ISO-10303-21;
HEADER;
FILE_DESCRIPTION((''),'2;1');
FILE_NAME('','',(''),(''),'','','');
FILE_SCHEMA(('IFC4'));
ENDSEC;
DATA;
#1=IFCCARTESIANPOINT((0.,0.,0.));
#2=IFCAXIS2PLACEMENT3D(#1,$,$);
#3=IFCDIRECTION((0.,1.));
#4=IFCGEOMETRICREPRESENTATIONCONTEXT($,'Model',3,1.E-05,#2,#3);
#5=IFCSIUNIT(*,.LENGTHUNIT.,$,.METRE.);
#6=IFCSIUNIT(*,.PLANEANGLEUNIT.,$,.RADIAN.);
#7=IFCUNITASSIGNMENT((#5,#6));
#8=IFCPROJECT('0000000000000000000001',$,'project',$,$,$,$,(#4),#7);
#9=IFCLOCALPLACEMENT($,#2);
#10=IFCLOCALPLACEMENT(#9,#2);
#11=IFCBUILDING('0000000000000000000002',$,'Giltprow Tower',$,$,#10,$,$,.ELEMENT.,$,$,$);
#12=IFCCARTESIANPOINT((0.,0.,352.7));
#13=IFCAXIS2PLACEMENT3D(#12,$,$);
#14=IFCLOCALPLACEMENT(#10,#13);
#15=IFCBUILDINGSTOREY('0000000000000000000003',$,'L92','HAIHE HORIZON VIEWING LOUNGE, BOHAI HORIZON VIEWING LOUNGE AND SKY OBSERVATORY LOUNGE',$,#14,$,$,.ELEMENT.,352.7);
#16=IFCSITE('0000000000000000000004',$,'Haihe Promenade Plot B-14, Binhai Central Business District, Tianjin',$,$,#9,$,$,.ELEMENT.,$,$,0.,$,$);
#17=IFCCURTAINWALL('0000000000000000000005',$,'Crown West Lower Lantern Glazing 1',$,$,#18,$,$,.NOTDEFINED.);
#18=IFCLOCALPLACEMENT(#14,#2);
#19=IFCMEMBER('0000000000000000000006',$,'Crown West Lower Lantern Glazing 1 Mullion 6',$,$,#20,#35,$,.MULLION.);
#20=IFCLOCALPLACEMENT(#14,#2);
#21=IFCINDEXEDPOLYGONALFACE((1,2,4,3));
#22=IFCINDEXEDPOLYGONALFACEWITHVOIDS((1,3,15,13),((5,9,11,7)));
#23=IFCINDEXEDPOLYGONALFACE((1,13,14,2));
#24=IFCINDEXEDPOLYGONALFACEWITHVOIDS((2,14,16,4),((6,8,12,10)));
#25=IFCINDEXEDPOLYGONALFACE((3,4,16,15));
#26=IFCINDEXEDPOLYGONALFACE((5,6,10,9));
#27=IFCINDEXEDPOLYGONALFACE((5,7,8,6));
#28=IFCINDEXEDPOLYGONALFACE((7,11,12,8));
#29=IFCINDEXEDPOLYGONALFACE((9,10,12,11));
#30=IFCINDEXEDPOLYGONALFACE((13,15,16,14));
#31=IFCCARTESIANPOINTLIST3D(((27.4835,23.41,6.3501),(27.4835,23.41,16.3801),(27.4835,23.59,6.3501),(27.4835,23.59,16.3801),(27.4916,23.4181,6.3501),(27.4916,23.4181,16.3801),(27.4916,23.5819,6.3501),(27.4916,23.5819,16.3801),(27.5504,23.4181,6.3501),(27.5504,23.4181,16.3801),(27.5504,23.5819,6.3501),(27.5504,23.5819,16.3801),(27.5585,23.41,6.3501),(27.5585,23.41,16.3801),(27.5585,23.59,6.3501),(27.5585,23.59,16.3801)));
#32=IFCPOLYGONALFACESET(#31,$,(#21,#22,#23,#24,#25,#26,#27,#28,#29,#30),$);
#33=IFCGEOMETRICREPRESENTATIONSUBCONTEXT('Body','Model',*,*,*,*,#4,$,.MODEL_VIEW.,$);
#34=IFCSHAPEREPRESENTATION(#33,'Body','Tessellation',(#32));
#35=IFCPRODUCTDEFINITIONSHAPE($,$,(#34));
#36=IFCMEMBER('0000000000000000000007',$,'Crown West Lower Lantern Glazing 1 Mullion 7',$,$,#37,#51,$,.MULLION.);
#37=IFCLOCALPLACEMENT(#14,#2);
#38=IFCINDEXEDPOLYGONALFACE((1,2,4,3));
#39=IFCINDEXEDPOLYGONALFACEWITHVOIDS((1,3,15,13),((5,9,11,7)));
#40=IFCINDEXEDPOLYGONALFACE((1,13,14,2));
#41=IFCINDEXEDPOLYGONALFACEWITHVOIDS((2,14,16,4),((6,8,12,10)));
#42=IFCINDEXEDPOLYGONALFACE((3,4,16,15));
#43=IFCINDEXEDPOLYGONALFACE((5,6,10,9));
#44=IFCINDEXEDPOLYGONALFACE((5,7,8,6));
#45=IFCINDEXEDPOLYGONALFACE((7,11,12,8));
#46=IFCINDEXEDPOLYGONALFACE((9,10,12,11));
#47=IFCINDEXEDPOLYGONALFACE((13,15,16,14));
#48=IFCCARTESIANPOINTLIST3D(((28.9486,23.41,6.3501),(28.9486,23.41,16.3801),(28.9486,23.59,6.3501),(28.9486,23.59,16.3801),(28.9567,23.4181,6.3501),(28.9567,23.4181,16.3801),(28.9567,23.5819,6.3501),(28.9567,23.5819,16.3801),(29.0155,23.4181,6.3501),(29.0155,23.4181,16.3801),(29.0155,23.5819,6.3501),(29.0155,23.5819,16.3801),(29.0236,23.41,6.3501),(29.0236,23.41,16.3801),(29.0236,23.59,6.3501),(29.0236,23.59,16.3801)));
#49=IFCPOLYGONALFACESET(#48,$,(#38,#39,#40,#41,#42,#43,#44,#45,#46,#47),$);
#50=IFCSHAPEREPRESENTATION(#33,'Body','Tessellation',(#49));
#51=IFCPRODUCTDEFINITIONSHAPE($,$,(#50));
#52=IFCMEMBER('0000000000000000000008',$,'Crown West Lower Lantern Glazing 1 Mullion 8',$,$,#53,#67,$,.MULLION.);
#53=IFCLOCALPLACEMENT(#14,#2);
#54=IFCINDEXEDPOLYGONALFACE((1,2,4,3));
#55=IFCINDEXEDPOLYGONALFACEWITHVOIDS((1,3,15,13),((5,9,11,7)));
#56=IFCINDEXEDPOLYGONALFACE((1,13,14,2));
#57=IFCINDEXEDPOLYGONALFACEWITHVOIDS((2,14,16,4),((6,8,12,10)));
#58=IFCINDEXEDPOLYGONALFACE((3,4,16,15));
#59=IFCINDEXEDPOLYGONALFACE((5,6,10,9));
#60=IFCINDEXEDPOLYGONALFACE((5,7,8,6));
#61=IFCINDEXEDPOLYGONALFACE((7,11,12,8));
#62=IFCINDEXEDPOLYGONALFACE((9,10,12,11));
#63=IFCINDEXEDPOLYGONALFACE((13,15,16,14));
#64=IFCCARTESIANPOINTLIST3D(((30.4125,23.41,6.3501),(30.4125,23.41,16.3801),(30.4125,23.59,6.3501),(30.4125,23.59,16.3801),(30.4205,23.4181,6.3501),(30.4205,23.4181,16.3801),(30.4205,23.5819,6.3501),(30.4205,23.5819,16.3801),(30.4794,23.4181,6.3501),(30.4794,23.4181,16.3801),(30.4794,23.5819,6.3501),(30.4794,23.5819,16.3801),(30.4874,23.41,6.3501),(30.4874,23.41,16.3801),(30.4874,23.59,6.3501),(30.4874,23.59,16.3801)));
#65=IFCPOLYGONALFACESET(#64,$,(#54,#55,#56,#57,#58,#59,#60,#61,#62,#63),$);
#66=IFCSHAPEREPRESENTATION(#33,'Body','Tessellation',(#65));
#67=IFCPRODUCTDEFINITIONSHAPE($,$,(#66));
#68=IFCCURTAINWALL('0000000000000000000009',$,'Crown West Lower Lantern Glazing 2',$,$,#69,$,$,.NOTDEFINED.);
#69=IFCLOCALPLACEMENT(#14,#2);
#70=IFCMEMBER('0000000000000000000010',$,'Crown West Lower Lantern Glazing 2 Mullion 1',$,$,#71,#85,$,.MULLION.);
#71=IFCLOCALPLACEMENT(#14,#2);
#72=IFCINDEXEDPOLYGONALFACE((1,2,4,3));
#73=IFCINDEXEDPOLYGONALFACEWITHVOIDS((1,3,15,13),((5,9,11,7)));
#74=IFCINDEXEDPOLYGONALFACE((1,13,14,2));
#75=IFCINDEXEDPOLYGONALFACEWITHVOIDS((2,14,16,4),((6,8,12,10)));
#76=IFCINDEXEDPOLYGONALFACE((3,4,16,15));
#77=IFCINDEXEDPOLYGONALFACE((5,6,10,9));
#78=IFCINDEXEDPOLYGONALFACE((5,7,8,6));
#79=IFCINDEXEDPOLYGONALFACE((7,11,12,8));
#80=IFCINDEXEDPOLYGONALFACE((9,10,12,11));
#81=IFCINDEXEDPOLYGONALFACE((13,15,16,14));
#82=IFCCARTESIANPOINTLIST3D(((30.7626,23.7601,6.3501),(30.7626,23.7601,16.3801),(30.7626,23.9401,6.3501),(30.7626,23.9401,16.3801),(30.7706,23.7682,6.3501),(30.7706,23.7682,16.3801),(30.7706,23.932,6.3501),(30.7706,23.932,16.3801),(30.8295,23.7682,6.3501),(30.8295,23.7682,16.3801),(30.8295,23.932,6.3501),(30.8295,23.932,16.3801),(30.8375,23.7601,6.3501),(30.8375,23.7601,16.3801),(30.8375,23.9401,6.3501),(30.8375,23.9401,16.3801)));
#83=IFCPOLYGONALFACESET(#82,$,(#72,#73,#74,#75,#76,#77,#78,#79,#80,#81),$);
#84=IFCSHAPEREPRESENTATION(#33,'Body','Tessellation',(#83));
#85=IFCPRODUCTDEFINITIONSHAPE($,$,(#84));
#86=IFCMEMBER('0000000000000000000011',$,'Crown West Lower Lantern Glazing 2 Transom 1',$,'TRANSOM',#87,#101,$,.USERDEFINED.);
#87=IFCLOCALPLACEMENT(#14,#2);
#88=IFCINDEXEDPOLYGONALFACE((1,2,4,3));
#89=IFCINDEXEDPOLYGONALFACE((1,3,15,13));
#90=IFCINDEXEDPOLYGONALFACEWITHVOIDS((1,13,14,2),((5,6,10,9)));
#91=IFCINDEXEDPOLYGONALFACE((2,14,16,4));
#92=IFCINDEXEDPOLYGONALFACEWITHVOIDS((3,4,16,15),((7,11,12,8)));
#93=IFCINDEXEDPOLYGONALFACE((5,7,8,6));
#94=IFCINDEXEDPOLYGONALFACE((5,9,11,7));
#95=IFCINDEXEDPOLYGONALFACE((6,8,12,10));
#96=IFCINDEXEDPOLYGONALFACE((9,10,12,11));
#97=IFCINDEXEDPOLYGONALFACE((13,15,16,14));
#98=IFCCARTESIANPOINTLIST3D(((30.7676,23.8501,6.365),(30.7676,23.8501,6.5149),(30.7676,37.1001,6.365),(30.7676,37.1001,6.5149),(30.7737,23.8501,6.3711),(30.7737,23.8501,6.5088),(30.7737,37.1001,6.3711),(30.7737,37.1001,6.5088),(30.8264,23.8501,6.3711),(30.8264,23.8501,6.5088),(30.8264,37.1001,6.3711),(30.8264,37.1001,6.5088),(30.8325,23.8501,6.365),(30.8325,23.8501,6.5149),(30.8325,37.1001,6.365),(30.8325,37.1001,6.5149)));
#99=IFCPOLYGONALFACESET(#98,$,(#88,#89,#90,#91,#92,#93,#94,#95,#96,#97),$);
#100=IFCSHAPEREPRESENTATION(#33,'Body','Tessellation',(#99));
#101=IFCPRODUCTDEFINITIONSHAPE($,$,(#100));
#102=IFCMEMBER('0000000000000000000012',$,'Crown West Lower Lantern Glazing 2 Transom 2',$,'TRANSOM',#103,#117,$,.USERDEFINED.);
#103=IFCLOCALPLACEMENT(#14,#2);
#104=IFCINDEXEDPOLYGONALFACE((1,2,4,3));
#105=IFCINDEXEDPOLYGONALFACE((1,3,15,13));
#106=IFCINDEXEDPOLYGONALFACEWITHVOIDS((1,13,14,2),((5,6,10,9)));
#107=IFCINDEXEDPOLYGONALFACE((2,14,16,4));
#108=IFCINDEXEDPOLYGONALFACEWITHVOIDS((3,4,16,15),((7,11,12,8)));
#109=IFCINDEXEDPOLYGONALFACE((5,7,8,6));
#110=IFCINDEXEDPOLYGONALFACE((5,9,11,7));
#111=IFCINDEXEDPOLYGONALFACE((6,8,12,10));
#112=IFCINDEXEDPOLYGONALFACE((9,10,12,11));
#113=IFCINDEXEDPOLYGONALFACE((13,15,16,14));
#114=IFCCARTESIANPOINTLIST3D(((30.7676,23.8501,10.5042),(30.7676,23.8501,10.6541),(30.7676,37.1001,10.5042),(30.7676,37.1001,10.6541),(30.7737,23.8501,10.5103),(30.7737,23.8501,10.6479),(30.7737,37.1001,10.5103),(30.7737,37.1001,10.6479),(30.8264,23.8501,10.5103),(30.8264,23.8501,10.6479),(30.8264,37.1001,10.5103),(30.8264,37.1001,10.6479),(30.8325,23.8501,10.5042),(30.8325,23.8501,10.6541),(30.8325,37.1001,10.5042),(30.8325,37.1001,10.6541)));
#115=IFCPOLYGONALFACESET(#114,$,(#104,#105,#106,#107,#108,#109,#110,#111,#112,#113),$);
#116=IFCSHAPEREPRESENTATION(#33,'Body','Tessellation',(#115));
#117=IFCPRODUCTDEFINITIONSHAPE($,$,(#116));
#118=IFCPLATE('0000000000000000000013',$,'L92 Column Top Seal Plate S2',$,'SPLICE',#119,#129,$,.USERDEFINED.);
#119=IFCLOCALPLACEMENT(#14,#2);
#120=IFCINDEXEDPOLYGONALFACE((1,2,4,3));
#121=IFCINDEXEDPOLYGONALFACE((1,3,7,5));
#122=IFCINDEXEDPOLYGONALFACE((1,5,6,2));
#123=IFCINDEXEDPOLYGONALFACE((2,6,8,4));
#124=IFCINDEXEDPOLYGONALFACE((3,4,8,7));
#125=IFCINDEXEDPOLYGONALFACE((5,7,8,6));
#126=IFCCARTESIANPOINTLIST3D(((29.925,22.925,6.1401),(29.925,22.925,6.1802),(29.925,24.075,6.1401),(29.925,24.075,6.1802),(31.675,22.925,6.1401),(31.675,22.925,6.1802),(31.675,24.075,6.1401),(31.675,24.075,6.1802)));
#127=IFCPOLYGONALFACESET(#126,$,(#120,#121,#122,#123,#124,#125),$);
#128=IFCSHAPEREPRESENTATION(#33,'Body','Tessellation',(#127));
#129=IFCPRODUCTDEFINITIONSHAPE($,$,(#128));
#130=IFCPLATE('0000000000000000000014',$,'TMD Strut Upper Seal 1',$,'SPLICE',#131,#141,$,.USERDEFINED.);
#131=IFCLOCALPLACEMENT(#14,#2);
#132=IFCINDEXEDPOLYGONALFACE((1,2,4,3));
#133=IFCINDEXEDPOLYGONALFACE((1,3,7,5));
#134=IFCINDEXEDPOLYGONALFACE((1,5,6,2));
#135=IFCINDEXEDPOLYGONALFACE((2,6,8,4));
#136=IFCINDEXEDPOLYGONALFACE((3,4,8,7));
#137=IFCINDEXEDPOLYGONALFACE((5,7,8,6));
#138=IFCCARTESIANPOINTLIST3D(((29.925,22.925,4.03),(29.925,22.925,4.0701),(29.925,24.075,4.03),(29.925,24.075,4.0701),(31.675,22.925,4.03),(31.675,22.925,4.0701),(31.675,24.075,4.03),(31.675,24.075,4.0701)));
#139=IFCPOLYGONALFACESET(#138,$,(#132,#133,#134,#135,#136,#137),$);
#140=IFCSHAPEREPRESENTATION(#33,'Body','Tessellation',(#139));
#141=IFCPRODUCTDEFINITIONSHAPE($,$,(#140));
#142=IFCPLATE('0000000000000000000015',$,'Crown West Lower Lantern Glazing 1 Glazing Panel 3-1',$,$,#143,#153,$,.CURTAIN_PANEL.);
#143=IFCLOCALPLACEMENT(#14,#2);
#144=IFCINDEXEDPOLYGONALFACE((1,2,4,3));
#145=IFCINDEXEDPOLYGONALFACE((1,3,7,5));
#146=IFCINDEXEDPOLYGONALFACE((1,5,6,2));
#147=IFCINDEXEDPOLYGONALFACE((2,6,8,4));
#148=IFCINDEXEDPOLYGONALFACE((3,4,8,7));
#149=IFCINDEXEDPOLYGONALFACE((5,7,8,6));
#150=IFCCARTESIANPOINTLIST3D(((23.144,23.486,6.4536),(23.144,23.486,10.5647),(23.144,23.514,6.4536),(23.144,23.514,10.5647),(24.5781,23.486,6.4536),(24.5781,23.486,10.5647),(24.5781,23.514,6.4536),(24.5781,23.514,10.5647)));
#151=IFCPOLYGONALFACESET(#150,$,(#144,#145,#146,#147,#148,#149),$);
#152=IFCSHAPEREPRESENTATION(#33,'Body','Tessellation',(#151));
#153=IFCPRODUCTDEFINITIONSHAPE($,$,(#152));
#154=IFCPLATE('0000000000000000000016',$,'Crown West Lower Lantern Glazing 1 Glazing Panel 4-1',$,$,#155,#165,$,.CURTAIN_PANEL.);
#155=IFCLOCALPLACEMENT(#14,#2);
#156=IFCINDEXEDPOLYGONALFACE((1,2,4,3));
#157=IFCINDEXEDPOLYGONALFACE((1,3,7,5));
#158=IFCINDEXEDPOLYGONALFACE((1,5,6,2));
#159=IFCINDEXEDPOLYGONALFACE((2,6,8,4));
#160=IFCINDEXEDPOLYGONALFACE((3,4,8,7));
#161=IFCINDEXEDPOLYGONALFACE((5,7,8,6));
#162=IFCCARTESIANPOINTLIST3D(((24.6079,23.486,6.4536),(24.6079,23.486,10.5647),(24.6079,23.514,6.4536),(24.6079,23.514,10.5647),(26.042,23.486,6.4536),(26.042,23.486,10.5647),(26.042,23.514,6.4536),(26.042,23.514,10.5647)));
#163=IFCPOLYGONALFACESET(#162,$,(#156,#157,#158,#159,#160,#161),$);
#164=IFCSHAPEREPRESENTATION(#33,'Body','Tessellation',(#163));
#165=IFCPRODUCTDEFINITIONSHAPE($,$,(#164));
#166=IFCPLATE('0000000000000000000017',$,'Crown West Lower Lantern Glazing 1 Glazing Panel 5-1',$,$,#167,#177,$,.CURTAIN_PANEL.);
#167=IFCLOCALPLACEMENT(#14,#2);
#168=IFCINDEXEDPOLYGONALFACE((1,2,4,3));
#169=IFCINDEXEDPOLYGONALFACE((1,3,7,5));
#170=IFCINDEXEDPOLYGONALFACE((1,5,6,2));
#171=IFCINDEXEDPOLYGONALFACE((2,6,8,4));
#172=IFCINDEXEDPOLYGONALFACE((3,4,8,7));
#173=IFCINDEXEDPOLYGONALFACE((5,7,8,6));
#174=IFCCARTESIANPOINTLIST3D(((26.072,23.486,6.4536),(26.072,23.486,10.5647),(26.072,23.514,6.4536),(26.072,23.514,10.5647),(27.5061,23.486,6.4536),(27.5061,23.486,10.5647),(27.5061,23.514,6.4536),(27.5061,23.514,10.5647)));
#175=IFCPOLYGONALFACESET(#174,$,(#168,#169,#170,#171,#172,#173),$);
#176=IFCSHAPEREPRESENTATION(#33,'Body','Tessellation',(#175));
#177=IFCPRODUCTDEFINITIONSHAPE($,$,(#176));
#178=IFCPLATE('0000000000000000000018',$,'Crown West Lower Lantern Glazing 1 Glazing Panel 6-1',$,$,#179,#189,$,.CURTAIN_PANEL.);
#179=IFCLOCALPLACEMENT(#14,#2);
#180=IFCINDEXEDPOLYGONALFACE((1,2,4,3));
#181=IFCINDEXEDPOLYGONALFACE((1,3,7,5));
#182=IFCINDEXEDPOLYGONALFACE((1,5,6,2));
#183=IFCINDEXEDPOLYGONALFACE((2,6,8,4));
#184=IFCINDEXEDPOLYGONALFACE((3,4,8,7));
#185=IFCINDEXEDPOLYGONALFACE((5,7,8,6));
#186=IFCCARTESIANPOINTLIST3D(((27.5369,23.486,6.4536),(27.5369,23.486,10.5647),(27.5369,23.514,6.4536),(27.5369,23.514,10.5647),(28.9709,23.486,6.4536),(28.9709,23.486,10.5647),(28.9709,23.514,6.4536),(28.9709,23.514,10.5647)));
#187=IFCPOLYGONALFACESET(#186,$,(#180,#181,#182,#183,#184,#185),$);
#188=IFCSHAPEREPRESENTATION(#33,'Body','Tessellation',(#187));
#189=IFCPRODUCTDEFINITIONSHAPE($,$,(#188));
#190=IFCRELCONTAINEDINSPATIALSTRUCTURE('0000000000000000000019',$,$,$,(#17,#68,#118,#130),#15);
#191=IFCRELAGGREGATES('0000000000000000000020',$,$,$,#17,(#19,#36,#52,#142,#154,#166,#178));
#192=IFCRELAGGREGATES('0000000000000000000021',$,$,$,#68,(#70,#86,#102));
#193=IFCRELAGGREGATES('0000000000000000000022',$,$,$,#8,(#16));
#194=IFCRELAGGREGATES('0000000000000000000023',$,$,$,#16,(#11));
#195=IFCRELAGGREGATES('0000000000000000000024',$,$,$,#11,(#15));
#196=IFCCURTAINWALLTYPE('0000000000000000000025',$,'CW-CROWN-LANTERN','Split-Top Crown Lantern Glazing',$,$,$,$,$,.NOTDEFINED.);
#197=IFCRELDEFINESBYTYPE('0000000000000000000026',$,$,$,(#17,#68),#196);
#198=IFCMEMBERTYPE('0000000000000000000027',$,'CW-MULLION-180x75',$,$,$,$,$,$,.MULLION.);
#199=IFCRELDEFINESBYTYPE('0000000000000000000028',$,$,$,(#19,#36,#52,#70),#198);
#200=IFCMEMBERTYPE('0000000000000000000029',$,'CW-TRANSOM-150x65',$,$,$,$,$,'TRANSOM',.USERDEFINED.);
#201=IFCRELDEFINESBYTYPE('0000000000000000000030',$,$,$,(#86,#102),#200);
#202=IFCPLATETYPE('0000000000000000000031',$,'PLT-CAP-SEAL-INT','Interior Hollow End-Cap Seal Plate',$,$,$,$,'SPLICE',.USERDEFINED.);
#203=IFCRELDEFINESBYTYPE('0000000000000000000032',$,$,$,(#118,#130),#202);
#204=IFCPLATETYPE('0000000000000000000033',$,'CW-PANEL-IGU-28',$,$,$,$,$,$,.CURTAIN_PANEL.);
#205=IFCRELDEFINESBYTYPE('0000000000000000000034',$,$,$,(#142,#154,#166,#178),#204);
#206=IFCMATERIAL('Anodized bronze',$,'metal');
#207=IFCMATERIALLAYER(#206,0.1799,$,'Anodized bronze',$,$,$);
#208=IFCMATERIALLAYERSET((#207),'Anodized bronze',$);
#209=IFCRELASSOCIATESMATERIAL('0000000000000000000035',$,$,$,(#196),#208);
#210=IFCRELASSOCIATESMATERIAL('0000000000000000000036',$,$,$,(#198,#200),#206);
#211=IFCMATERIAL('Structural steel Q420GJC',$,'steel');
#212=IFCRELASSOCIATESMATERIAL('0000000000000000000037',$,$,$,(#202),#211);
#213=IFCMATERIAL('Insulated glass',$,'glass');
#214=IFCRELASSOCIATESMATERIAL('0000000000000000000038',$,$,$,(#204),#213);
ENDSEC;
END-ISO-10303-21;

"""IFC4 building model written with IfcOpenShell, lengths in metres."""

from ifc_helpers import new_model, si_unit, direction, frame, origin, origin_2d, place, context, subcontext, project, spatial, rectangle, hollow_rectangle, extrude, source, transform, mapped, material, layer, layer_set, material_profile, profile_set, type_object, element, aggregate, save


model = new_model("IFC4")

# Units and contexts
model_context = context("Model", 3, precision=1e-05, world=origin(), true_north=direction((0.0, 1.0)))
body_context = subcontext(model_context, "Body", "Model", "MODEL_VIEW")
ifc_project = project(units=[si_unit("LENGTHUNIT", "METRE"), si_unit("PLANEANGLEUNIT", "RADIAN")], contexts=[model_context])

# Site, building, storey
site_placement = place(None, origin())
site = spatial("IfcSite", under=ifc_project, at=site_placement, Name="Haihe Promenade Plot B-14, Binhai Central Business District, Tianjin", CompositionType="ELEMENT", RefElevation=0.0)
building_placement = place(site_placement, origin())
building = spatial("IfcBuilding", under=site, at=building_placement, Name="Giltprow Tower", CompositionType="ELEMENT")
storey_placement = place(building_placement, frame((0.0, 0.0, 352.7)))
storey = spatial("IfcBuildingStorey", under=building, at=storey_placement, Name="L92", Description="HAIHE HORIZON VIEWING LOUNGE, BOHAI HORIZON VIEWING LOUNGE AND SKY OBSERVATORY LOUNGE", CompositionType="ELEMENT", Elevation=352.7)

# Curtain walls, members
ifc_material_1 = material(Name="Anodized bronze", Category="metal")
ifc_layer_1 = layer(ifc_material_1, 0.1799, Name="Anodized bronze")
ifc_layer_set_1 = layer_set([ifc_layer_1], Name="Anodized bronze")
curtain_wall_type = type_object("IfcCurtainWallType", Name="CW-CROWN-LANTERN", Description="Split-Top Crown Lantern Glazing", PredefinedType="NOTDEFINED", material=ifc_layer_set_1)
curtain_wall_1_placement = place(storey_placement, origin())
curtain_wall_1 = element("IfcCurtainWall", 1, at=curtain_wall_1_placement, inside=storey, type_object=curtain_wall_type, Name="Crown West Lower Lantern Glazing 1", PredefinedType="NOTDEFINED")
ifc_material_profile_1 = material_profile(ifc_material_1, hollow_rectangle(XDim=0.075, YDim=0.1799, WallThickness=0.0081, at=origin_2d()), Name="RHS 180x75x8")
ifc_profile_set_1 = profile_set([ifc_material_profile_1], Name="Anodized bronze")
member_type_1 = type_object("IfcMemberType", Name="CW-MULLION-180x75", PredefinedType="MULLION", material=ifc_profile_set_1)
shared_shape_1 = source(origin(), body_context, "Body", "SweptSolid", [
    extrude(hollow_rectangle(XDim=0.075, YDim=0.1799, WallThickness=0.0081, at=origin_2d()), origin(), (0.0, 0.0, 1.0), 10.03),
])
member_1_placement = place(storey_placement, frame((27.521, 23.5, 6.3501), z_axis=(0.0, 0.0, 1.0), x_axis=(1.0, 0.0, 0.0)))
member_1 = element("IfcMember", 2, at=member_1_placement, type_object=member_type_1, Name="Crown West Lower Lantern Glazing 1 Mullion 6", PredefinedType="MULLION", context=body_context, shape_type="MappedRepresentation", body=[
    mapped(shared_shape_1, transform((0.0, 0.0, 0.0), x_axis=(1.0, 0.0, 0.0), y_axis=(0.0, 1.0, 0.0), z_axis=(0.0, 0.0, 1.0), scale=1.0)),
])
member_2_placement = place(storey_placement, frame((28.9861, 23.5, 6.3501), z_axis=(0.0, 0.0, 1.0), x_axis=(1.0, 0.0, 0.0)))
member_2 = element("IfcMember", 3, at=member_2_placement, type_object=member_type_1, Name="Crown West Lower Lantern Glazing 1 Mullion 7", PredefinedType="MULLION", context=body_context, shape_type="MappedRepresentation", body=[
    mapped(shared_shape_1, transform((0.0, 0.0, 0.0), x_axis=(1.0, 0.0, 0.0), y_axis=(0.0, 1.0, 0.0), z_axis=(0.0, 0.0, 1.0), scale=1.0)),
])
member_3_placement = place(storey_placement, frame((30.45, 23.5, 6.3501), z_axis=(0.0, 0.0, 1.0), x_axis=(1.0, 0.0, 0.0)))
member_3 = element("IfcMember", 4, at=member_3_placement, type_object=member_type_1, Name="Crown West Lower Lantern Glazing 1 Mullion 8", PredefinedType="MULLION", context=body_context, shape_type="MappedRepresentation", body=[
    mapped(shared_shape_1, transform((0.0, 0.0, 0.0), x_axis=(1.0, 0.0, 0.0), y_axis=(0.0, 1.0, 0.0), z_axis=(0.0, 0.0, 1.0), scale=1.0)),
])
curtain_wall_2_placement = place(storey_placement, origin())
curtain_wall_2 = element("IfcCurtainWall", 5, at=curtain_wall_2_placement, inside=storey, type_object=curtain_wall_type, Name="Crown West Lower Lantern Glazing 2", PredefinedType="NOTDEFINED")
member_4_placement = place(storey_placement, frame((30.8, 23.8501, 6.3501), z_axis=(0.0, 0.0, 1.0), x_axis=(1.0, 0.0, 0.0)))
member_4 = element("IfcMember", 6, at=member_4_placement, type_object=member_type_1, Name="Crown West Lower Lantern Glazing 2 Mullion 1", PredefinedType="MULLION", context=body_context, shape_type="MappedRepresentation", body=[
    mapped(shared_shape_1, transform((0.0, 0.0, 0.0), x_axis=(1.0, 0.0, 0.0), y_axis=(0.0, 1.0, 0.0), z_axis=(0.0, 0.0, 1.0), scale=1.0)),
])
ifc_material_profile_2 = material_profile(ifc_material_1, hollow_rectangle(XDim=0.0649, YDim=0.1499, WallThickness=0.0061, at=origin_2d()), Name="RHS 150x65x6")
ifc_profile_set_2 = profile_set([ifc_material_profile_2], Name="Anodized bronze")
member_type_2 = type_object("IfcMemberType", Name="CW-TRANSOM-150x65", ElementType="TRANSOM", PredefinedType="USERDEFINED", material=ifc_profile_set_2)
shared_shape_2 = source(origin(), body_context, "Body", "SweptSolid", [
    extrude(hollow_rectangle(XDim=0.0649, YDim=0.1499, WallThickness=0.0061, at=origin_2d()), origin(), (0.0, 0.0, 1.0), 13.25),
])
member_5_placement = place(storey_placement, frame((30.8, 23.8501, 6.4399), z_axis=(0.0, 1.0, 0.0), x_axis=(-1.0, 0.0, 0.0)))
member_5 = element("IfcMember", 7, at=member_5_placement, type_object=member_type_2, Name="Crown West Lower Lantern Glazing 2 Transom 1", ObjectType="TRANSOM", PredefinedType="USERDEFINED", context=body_context, shape_type="MappedRepresentation", body=[
    mapped(shared_shape_2, transform((0.0, 0.0, 0.0), x_axis=(1.0, 0.0, 0.0), y_axis=(0.0, 1.0, 0.0), z_axis=(0.0, 0.0, 1.0), scale=1.0)),
])
member_6_placement = place(storey_placement, frame((30.8, 23.8501, 10.5791), z_axis=(0.0, 1.0, 0.0), x_axis=(-1.0, 0.0, 0.0)))
member_6 = element("IfcMember", 8, at=member_6_placement, type_object=member_type_2, Name="Crown West Lower Lantern Glazing 2 Transom 2", ObjectType="TRANSOM", PredefinedType="USERDEFINED", context=body_context, shape_type="MappedRepresentation", body=[
    mapped(shared_shape_2, transform((0.0, 0.0, 0.0), x_axis=(1.0, 0.0, 0.0), y_axis=(0.0, 1.0, 0.0), z_axis=(0.0, 0.0, 1.0), scale=1.0)),
])

# Plates
ifc_material_2 = material(Name="Structural steel Q420GJC", Category="steel")
plate_type_1 = type_object("IfcPlateType", Name="PLT-CAP-SEAL-INT", Description="Interior Hollow End-Cap Seal Plate", ElementType="SPLICE", PredefinedType="USERDEFINED", material=ifc_material_2)
shared_shape_3 = source(origin(), body_context, "Body", "SweptSolid", [
    extrude(rectangle(XDim=1.75, YDim=1.1499, at=origin_2d()), origin(), (0.0, 0.0, 1.0), 0.04),
])
for number, where, z_axis, x_axis, name in (
    (9, (30.8, 23.5, 6.1401), (0.0, 0.0, 1.0), (1.0, 0.0, 0.0), "L92 Column Top Seal Plate S2"),
    (10, (30.8, 23.5, 4.03), (0.0, 0.0, 1.0), (1.0, 0.0, 0.0), "TMD Strut Upper Seal 1"),
):
    element("IfcPlate", number, at=place(storey_placement, frame(where, z_axis=z_axis, x_axis=x_axis)), inside=storey, type_object=plate_type_1, Name=name, ObjectType="SPLICE", PredefinedType="USERDEFINED", context=body_context, shape_type="MappedRepresentation", body=[
        mapped(shared_shape_3, transform((0.0, 0.0, 0.0), x_axis=(1.0, 0.0, 0.0), y_axis=(0.0, 1.0, 0.0), z_axis=(0.0, 0.0, 1.0), scale=1.0)),
    ])

# Plates
ifc_material_3 = material(Name="Insulated glass", Category="glass")
plate_type_2 = type_object("IfcPlateType", Name="CW-PANEL-IGU-28", PredefinedType="CURTAIN_PANEL", material=ifc_material_3)
shared_shape_4 = source(origin(), body_context, "Body", "SweptSolid", [
    extrude(rectangle(XDim=1.4341, YDim=0.0281, at=origin_2d()), origin(), (0.0, 0.0, 1.0), 4.1111),
])
plate_1_placement = place(storey_placement, frame((23.8611, 23.5, 6.4536), z_axis=(0.0, 0.0, 1.0), x_axis=(1.0, 0.0, 0.0)))
plate_1 = element("IfcPlate", 11, at=plate_1_placement, type_object=plate_type_2, Name="Crown West Lower Lantern Glazing 1 Glazing Panel 3-1", PredefinedType="CURTAIN_PANEL", context=body_context, shape_type="MappedRepresentation", body=[
    mapped(shared_shape_4, transform((0.0, 0.0, 0.0), x_axis=(1.0, 0.0, 0.0), y_axis=(0.0, 1.0, 0.0), z_axis=(0.0, 0.0, 1.0), scale=1.0)),
])
plate_2_placement = place(storey_placement, frame((25.325, 23.5, 6.4536), z_axis=(0.0, 0.0, 1.0), x_axis=(1.0, 0.0, 0.0)))
plate_2 = element("IfcPlate", 12, at=plate_2_placement, type_object=plate_type_2, Name="Crown West Lower Lantern Glazing 1 Glazing Panel 4-1", PredefinedType="CURTAIN_PANEL", context=body_context, shape_type="MappedRepresentation", body=[
    mapped(shared_shape_4, transform((0.0, 0.0, 0.0), x_axis=(1.0, 0.0, 0.0), y_axis=(0.0, 1.0, 0.0), z_axis=(0.0, 0.0, 1.0), scale=1.0)),
])
plate_3_placement = place(storey_placement, frame((26.7891, 23.5, 6.4536), z_axis=(0.0, 0.0, 1.0), x_axis=(1.0, 0.0, 0.0)))
plate_3 = element("IfcPlate", 13, at=plate_3_placement, type_object=plate_type_2, Name="Crown West Lower Lantern Glazing 1 Glazing Panel 5-1", PredefinedType="CURTAIN_PANEL", context=body_context, shape_type="MappedRepresentation", body=[
    mapped(shared_shape_4, transform((0.0, 0.0, 0.0), x_axis=(1.0, 0.0, 0.0), y_axis=(0.0, 1.0, 0.0), z_axis=(0.0, 0.0, 1.0), scale=1.0)),
])
plate_4_placement = place(storey_placement, frame((28.2539, 23.5, 6.4536), z_axis=(0.0, 0.0, 1.0), x_axis=(1.0, 0.0, 0.0)))
plate_4 = element("IfcPlate", 14, at=plate_4_placement, type_object=plate_type_2, Name="Crown West Lower Lantern Glazing 1 Glazing Panel 6-1", PredefinedType="CURTAIN_PANEL", context=body_context, shape_type="MappedRepresentation", body=[
    mapped(shared_shape_4, transform((0.0, 0.0, 0.0), x_axis=(1.0, 0.0, 0.0), y_axis=(0.0, 1.0, 0.0), z_axis=(0.0, 0.0, 1.0), scale=1.0)),
])
aggregate(curtain_wall_1, [member_1, member_2, member_3, plate_1, plate_2, plate_3, plate_4])
aggregate(curtain_wall_2, [member_4, member_5, member_6])

save(model, "model.ifc")
